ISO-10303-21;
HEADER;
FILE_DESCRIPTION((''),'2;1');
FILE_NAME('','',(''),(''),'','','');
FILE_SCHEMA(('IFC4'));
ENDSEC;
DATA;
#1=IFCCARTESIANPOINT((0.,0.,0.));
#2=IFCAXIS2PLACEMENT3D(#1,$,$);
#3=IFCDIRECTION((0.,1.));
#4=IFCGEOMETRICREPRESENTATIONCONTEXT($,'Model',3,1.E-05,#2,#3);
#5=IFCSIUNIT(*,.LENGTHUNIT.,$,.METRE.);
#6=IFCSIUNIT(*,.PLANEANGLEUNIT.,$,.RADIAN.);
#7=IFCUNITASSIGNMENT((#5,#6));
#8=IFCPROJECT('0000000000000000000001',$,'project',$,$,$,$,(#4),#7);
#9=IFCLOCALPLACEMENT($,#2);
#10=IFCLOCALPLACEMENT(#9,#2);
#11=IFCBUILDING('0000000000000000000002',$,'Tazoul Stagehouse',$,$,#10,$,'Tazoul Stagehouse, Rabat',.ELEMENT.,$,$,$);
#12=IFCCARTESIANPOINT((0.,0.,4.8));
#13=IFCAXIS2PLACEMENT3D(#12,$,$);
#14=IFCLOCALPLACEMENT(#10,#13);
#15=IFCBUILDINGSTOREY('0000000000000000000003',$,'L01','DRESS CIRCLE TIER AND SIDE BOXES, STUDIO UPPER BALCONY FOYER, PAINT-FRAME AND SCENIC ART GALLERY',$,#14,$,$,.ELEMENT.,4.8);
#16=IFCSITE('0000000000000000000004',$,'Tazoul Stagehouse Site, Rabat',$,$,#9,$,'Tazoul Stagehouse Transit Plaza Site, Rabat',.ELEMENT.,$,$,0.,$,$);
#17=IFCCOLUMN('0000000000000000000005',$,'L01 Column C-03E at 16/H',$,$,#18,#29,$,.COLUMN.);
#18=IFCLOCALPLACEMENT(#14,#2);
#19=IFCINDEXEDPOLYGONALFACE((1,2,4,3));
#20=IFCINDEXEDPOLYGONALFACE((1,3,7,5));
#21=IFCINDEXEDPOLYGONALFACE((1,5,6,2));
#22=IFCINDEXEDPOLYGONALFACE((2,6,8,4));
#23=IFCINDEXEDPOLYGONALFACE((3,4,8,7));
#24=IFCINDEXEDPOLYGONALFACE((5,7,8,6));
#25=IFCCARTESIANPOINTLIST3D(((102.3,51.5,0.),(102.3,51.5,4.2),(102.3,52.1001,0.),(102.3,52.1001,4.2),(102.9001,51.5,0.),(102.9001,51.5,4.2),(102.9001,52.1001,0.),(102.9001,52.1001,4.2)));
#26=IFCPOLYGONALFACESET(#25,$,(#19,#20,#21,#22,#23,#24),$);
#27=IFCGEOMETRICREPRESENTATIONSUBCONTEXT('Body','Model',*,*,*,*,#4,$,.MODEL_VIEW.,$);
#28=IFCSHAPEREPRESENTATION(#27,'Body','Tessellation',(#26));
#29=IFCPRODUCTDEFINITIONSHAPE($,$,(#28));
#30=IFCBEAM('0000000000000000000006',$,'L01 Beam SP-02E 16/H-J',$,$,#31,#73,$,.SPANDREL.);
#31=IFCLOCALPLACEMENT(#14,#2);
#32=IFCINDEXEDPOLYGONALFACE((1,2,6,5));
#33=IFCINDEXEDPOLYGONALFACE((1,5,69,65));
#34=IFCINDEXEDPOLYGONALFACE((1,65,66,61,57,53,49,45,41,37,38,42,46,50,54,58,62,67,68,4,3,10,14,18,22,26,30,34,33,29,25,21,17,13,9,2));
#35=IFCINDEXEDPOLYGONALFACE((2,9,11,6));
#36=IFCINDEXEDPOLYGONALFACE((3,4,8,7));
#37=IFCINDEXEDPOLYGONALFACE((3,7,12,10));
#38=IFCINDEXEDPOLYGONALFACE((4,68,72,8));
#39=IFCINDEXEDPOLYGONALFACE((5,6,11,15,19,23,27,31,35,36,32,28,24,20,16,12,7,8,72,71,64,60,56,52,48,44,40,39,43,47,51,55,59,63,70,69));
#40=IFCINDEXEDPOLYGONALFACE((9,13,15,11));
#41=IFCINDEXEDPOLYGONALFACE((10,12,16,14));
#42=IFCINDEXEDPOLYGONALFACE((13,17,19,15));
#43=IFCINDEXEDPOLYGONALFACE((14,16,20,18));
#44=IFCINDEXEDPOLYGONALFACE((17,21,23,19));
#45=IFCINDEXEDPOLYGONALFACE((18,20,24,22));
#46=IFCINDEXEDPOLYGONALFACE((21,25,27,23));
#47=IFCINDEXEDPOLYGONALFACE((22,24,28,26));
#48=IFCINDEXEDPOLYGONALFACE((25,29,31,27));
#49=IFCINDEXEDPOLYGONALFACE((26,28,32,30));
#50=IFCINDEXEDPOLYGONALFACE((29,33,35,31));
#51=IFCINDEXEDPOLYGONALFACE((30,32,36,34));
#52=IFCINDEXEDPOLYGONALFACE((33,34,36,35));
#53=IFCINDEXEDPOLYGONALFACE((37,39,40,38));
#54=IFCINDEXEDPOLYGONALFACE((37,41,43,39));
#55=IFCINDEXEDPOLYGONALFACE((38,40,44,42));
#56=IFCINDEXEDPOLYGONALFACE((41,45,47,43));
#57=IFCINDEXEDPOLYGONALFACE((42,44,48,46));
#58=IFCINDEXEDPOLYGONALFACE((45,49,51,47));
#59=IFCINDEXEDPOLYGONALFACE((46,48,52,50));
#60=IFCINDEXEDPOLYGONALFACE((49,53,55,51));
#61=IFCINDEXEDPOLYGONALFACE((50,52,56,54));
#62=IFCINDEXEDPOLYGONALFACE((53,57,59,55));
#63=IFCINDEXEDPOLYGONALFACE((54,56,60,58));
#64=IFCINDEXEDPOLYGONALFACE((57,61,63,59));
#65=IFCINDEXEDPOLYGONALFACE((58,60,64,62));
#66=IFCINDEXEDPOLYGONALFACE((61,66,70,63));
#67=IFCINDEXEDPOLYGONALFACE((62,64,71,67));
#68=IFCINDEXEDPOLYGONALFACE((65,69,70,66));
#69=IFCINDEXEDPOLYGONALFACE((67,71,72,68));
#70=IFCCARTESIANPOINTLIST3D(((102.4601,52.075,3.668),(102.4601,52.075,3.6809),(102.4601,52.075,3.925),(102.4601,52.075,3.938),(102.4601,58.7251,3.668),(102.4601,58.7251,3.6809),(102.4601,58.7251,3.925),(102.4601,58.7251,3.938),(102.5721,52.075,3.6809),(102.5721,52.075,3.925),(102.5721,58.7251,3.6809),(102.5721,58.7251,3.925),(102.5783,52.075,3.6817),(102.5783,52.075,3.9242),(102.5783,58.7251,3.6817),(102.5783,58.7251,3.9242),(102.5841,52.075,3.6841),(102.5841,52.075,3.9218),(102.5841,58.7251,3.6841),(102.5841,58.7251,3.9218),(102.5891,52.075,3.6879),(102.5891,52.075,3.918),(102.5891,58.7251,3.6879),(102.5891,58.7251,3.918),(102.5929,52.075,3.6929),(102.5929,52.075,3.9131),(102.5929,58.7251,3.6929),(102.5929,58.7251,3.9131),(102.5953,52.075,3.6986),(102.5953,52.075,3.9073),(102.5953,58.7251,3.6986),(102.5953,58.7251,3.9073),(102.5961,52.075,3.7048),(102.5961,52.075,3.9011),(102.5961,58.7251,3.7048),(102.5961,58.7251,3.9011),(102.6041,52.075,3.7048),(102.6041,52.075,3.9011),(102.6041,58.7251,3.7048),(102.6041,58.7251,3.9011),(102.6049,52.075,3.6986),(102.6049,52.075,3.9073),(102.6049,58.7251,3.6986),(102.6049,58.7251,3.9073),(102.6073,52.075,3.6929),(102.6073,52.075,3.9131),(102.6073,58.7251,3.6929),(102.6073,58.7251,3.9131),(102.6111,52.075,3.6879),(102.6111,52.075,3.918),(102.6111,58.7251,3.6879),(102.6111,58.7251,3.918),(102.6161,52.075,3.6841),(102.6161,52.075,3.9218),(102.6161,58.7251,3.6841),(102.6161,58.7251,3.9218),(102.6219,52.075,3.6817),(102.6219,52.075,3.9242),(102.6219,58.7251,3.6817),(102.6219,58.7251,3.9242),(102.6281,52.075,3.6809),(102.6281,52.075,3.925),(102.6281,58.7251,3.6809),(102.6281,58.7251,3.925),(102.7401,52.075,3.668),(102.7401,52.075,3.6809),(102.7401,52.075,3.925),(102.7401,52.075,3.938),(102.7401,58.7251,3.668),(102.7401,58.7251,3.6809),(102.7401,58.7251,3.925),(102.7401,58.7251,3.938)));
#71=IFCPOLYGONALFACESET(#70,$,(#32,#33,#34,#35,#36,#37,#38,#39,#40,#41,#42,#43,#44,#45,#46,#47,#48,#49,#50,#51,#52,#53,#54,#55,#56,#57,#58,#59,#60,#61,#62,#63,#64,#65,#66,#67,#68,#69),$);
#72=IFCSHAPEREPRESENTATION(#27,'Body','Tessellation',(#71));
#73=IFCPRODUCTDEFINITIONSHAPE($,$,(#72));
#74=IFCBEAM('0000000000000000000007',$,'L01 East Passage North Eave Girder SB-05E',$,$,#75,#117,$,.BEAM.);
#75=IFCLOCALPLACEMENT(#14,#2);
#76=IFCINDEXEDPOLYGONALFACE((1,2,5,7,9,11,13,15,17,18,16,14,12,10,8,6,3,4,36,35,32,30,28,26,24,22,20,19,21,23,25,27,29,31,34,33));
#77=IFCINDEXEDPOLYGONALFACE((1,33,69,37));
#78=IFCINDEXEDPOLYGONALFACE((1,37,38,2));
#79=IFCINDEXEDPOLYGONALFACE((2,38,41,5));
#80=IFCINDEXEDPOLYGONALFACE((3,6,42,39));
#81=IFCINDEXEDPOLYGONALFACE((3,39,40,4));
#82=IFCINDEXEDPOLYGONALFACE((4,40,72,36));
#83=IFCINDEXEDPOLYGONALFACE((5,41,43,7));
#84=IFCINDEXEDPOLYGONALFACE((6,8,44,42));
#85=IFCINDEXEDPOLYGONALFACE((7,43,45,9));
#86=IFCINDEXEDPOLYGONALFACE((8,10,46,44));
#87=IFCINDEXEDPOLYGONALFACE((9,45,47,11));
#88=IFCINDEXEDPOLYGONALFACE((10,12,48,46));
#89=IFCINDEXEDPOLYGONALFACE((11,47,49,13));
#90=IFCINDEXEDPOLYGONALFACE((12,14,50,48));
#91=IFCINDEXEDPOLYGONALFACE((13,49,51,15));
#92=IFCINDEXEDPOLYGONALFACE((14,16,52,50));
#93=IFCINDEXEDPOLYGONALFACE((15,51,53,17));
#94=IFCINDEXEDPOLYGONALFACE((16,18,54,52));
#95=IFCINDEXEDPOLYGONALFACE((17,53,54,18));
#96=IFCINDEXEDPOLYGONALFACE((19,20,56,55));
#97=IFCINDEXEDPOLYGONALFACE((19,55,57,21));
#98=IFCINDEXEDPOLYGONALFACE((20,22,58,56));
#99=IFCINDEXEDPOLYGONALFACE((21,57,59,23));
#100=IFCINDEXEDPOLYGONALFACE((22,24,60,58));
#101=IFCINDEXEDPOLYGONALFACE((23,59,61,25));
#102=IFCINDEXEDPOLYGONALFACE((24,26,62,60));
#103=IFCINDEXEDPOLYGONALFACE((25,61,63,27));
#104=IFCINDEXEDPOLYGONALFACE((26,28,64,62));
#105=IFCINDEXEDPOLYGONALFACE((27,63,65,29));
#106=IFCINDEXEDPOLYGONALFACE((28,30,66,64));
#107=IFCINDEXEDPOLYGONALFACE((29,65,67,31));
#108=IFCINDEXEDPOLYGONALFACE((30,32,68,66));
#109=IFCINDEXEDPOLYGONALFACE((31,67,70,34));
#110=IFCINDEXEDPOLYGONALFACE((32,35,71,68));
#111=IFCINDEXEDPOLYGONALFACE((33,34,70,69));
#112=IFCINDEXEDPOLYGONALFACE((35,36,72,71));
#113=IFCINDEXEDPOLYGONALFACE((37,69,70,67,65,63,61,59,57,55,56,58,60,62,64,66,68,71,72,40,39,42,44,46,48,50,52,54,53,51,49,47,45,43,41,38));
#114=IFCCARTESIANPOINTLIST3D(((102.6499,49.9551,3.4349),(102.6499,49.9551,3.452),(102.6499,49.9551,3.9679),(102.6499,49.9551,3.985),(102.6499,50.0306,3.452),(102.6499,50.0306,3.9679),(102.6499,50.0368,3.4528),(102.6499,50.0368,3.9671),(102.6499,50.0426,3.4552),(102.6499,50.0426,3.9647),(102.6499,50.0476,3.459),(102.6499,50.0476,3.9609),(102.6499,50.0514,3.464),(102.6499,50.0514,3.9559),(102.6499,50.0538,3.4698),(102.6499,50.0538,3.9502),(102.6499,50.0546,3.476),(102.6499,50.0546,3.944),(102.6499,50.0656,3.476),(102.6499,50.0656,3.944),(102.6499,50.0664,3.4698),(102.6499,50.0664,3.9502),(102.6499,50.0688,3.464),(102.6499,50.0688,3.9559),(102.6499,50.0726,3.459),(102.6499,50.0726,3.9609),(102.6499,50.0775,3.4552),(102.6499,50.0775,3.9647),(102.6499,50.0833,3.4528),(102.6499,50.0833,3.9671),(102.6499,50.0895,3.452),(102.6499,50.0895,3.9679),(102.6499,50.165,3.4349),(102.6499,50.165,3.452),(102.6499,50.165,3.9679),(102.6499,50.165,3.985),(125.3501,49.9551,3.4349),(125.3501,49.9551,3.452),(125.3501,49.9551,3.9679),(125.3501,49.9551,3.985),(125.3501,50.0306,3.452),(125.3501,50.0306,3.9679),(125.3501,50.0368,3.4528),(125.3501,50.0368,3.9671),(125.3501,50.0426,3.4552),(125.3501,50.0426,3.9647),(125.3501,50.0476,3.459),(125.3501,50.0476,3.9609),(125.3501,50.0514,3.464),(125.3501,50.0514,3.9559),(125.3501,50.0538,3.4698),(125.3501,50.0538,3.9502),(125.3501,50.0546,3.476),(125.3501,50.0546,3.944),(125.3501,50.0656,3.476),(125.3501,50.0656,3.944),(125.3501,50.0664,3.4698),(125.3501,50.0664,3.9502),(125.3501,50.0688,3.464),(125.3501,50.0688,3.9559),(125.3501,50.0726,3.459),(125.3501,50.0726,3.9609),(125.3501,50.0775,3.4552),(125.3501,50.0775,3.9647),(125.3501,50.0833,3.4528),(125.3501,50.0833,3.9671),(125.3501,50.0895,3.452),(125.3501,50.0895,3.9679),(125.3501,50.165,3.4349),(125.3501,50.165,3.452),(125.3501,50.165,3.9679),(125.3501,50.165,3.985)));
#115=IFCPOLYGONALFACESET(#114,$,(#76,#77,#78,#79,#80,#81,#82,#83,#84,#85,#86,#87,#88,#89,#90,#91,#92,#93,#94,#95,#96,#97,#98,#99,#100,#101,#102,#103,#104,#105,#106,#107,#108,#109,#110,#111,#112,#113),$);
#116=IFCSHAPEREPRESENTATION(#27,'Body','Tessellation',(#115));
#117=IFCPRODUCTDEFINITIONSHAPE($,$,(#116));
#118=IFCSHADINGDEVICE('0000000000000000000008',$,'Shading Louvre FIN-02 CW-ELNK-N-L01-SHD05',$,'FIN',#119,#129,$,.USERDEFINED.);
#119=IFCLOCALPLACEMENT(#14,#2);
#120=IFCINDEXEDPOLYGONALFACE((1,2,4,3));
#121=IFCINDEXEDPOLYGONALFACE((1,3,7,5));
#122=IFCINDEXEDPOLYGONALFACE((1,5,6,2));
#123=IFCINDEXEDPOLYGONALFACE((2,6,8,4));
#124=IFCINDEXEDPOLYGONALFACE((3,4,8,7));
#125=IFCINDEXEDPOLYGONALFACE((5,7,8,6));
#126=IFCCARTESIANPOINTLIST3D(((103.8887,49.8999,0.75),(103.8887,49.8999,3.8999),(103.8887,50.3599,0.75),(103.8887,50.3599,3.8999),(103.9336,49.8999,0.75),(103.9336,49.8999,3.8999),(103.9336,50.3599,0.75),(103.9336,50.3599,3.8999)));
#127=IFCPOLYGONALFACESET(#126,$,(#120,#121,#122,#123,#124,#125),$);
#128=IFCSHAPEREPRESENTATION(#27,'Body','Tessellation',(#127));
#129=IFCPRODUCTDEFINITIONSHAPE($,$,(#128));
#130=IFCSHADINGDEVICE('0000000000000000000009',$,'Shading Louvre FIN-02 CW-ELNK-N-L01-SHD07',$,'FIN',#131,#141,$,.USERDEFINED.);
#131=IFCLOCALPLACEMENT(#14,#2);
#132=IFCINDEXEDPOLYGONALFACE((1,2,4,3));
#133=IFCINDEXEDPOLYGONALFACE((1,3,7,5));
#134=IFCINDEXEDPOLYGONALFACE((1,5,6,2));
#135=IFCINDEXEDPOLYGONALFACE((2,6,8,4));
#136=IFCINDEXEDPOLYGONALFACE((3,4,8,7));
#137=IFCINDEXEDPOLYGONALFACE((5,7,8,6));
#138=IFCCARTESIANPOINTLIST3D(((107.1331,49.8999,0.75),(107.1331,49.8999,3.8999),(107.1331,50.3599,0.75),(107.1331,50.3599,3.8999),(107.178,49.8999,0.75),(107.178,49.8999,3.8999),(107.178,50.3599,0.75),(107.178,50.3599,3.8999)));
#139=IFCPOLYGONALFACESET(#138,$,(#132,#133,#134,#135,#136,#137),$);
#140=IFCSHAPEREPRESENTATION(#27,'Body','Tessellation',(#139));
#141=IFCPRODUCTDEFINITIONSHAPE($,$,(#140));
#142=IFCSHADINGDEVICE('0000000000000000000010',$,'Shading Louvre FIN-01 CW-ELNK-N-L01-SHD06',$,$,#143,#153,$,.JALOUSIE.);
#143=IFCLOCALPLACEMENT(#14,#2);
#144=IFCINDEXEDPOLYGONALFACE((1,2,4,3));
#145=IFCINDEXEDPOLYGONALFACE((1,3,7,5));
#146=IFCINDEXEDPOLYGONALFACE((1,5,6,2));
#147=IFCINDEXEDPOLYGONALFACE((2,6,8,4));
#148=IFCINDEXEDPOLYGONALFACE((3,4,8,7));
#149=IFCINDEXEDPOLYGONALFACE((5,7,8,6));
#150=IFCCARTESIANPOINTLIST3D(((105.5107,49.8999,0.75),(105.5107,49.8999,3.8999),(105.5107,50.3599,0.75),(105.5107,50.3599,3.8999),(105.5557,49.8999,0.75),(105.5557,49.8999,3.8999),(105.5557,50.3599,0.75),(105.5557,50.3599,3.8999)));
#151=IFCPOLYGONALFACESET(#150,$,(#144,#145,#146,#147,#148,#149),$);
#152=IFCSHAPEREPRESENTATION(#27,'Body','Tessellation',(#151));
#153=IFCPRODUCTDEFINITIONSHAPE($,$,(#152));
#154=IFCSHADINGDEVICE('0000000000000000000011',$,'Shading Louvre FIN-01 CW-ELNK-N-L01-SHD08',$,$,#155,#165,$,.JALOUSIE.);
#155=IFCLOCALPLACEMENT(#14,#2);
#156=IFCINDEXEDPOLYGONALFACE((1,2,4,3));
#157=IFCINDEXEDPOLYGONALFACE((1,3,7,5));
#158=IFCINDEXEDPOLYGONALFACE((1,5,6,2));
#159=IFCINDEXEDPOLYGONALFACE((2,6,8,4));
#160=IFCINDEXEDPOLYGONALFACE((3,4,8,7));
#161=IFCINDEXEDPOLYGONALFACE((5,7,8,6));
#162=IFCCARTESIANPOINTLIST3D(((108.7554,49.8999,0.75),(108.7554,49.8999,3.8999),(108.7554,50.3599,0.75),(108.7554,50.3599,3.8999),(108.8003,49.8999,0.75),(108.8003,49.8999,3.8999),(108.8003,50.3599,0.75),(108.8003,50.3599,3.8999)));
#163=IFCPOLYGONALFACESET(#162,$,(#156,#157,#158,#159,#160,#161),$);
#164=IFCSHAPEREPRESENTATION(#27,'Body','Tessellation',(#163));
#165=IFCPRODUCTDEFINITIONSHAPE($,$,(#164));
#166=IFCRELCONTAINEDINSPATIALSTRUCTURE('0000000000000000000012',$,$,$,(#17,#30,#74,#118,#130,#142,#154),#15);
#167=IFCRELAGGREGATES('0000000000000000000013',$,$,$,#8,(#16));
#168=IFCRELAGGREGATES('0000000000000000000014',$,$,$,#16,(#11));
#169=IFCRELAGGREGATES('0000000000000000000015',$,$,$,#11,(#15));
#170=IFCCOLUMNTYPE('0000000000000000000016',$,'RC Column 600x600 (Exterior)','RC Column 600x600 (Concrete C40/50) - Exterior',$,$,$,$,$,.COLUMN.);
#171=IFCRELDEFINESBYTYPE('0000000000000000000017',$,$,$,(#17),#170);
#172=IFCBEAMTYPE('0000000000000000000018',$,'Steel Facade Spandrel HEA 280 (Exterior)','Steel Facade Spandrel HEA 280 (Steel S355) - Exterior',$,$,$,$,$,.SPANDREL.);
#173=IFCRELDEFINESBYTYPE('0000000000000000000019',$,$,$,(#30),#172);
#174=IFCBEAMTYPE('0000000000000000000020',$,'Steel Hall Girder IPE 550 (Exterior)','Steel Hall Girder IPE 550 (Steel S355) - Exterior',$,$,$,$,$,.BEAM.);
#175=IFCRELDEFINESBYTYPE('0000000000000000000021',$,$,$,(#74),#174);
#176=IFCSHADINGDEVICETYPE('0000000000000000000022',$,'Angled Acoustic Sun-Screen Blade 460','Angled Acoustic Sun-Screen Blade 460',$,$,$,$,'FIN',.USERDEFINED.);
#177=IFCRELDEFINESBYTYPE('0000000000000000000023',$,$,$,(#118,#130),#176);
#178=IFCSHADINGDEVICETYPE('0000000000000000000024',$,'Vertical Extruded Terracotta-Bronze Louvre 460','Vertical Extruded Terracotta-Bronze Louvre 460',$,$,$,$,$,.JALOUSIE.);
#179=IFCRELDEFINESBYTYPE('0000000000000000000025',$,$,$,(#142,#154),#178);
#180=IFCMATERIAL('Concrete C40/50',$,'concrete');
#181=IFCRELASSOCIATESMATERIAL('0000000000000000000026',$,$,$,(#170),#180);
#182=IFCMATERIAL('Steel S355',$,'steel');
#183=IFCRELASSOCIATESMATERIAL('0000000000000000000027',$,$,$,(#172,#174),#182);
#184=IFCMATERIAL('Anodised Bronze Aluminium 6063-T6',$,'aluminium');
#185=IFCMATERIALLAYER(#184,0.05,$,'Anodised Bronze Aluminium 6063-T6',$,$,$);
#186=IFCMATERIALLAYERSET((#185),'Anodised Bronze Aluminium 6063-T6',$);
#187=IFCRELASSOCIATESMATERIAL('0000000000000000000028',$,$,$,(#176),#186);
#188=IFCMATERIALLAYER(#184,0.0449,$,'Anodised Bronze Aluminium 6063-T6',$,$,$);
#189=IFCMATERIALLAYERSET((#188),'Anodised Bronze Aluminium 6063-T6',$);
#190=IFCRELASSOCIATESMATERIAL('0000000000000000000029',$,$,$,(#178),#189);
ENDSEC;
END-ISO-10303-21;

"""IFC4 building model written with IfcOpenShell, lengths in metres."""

from ifc_helpers import new_model, si_unit, direction, frame, origin, origin_2d, place, context, subcontext, project, spatial, rectangle, i_section, extrude, material, layer, layer_set, material_profile, profile_set, type_object, element, save


model = new_model("IFC4")

# Units and contexts
model_context = context("Model", 3, precision=1e-05, world=origin(), true_north=direction((0.0, 1.0)))
body_context = subcontext(model_context, "Body", "Model", "MODEL_VIEW")
ifc_project = project(units=[si_unit("LENGTHUNIT", "METRE"), si_unit("PLANEANGLEUNIT", "RADIAN")], contexts=[model_context])

# Site, building, storey
site_placement = place(None, origin())
site = spatial("IfcSite", under=ifc_project, at=site_placement, Name="Tazoul Stagehouse Site, Rabat", LongName="Tazoul Stagehouse Transit Plaza Site, Rabat", CompositionType="ELEMENT", RefElevation=0.0)
building_placement = place(site_placement, origin())
building = spatial("IfcBuilding", under=site, at=building_placement, Name="Tazoul Stagehouse", LongName="Tazoul Stagehouse, Rabat", CompositionType="ELEMENT")
storey_placement = place(building_placement, frame((0.0, 0.0, 4.8)))
storey = spatial("IfcBuildingStorey", under=building, at=storey_placement, Name="L01", Description="DRESS CIRCLE TIER AND SIDE BOXES, STUDIO UPPER BALCONY FOYER, PAINT-FRAME AND SCENIC ART GALLERY", CompositionType="ELEMENT", Elevation=4.8)

# Column
ifc_material_1 = material(Name="Concrete C40/50", Category="concrete")
ifc_material_profile_1 = material_profile(ifc_material_1, rectangle(XDim=0.6001, YDim=0.6001, at=origin_2d()), Name="RC 600x600")
ifc_profile_set_1 = profile_set([ifc_material_profile_1], Name="Concrete C40/50")
column_type = type_object("IfcColumnType", Name="RC Column 600x600 (Exterior)", Description="RC Column 600x600 (Concrete C40/50) - Exterior", PredefinedType="COLUMN", material=ifc_profile_set_1)
column_placement = place(storey_placement, frame((102.6001, 51.8, 0.0), z_axis=(0.0, 0.0, 1.0), x_axis=(1.0, 0.0, 0.0)))
element("IfcColumn", 1, at=column_placement, inside=storey, type_object=column_type, Name="L01 Column C-03E at 16/H", PredefinedType="COLUMN", context=body_context, shape_type="SweptSolid", body=[
    extrude(rectangle(XDim=0.6001, YDim=0.6001, at=origin_2d()), origin(), (0.0, 0.0, 1.0), 4.2),
])

# Beams
ifc_material_2 = material(Name="Steel S355", Category="steel")
ifc_material_profile_2 = material_profile(ifc_material_2, i_section(OverallWidth=0.28, OverallDepth=0.27, WebThickness=0.0081, FlangeThickness=0.0129, FilletRadius=0.0239, at=origin_2d()), Name="HEA 280")
ifc_profile_set_2 = profile_set([ifc_material_profile_2], Name="Steel S355")
beam_type_1 = type_object("IfcBeamType", Name="Steel Facade Spandrel HEA 280 (Exterior)", Description="Steel Facade Spandrel HEA 280 (Steel S355) - Exterior", PredefinedType="SPANDREL", material=ifc_profile_set_2)
beam_1_placement = place(storey_placement, frame((102.6001, 52.075, 3.803), z_axis=(0.0, 1.0, 0.0), x_axis=(-1.0, 0.0, 0.0)))
element("IfcBeam", 2, at=beam_1_placement, inside=storey, type_object=beam_type_1, Name="L01 Beam SP-02E 16/H-J", PredefinedType="SPANDREL", context=body_context, shape_type="SweptSolid", body=[
    extrude(i_section(OverallWidth=0.28, OverallDepth=0.27, WebThickness=0.0081, FlangeThickness=0.0129, FilletRadius=0.0239, at=origin_2d()), origin(), (0.0, 0.0, 1.0), 6.6501),
])
ifc_material_profile_3 = material_profile(ifc_material_2, i_section(OverallWidth=0.21, OverallDepth=0.55, WebThickness=0.011, FlangeThickness=0.0171, FilletRadius=0.0239, at=origin_2d()), Name="IPE 550")
ifc_profile_set_3 = profile_set([ifc_material_profile_3], Name="Steel S355")
beam_type_2 = type_object("IfcBeamType", Name="Steel Hall Girder IPE 550 (Exterior)", Description="Steel Hall Girder IPE 550 (Steel S355) - Exterior", PredefinedType="BEAM", material=ifc_profile_set_3)
beam_2_placement = place(storey_placement, frame((102.6499, 50.0601, 3.71), z_axis=(1.0, 0.0, 0.0), x_axis=(0.0, 1.0, 0.0)))
element("IfcBeam", 3, at=beam_2_placement, inside=storey, type_object=beam_type_2, Name="L01 East Passage North Eave Girder SB-05E", PredefinedType="BEAM", context=body_context, shape_type="SweptSolid", body=[
    extrude(i_section(OverallWidth=0.21, OverallDepth=0.55, WebThickness=0.011, FlangeThickness=0.0171, FilletRadius=0.0239, at=origin_2d()), origin(), (0.0, 0.0, 1.0), 22.7002),
])

# Shading devices
ifc_material_3 = material(Name="Anodised Bronze Aluminium 6063-T6", Category="aluminium")
ifc_layer_1 = layer(ifc_material_3, 0.05, Name="Anodised Bronze Aluminium 6063-T6")
ifc_layer_set_1 = layer_set([ifc_layer_1], Name="Anodised Bronze Aluminium 6063-T6")
shading_device_type_1 = type_object("IfcShadingDeviceType", Name="Angled Acoustic Sun-Screen Blade 460", Description="Angled Acoustic Sun-Screen Blade 460", ElementType="FIN", PredefinedType="USERDEFINED", material=ifc_layer_set_1)
for number, where, z_axis, x_axis, name in (
    (4, (103.9111, 50.1299, 0.75), (0.0, 0.0, 1.0), (1.0, 0.0, 0.0), "Shading Louvre FIN-02 CW-ELNK-N-L01-SHD05"),
    (5, (107.1555, 50.1299, 0.75), (0.0, 0.0, 1.0), (1.0, 0.0, 0.0), "Shading Louvre FIN-02 CW-ELNK-N-L01-SHD07"),
):
    element("IfcShadingDevice", number, at=place(storey_placement, frame(where, z_axis=z_axis, x_axis=x_axis)), inside=storey, type_object=shading_device_type_1, Name=name, ObjectType="FIN", PredefinedType="USERDEFINED", context=body_context, shape_type="SweptSolid", body=[
        extrude(rectangle(XDim=0.0449, YDim=0.46, at=origin_2d()), origin(), (0.0, 0.0, 1.0), 3.1499),
    ])
ifc_layer_2 = layer(ifc_material_3, 0.0449, Name="Anodised Bronze Aluminium 6063-T6")
ifc_layer_set_2 = layer_set([ifc_layer_2], Name="Anodised Bronze Aluminium 6063-T6")
shading_device_type_2 = type_object("IfcShadingDeviceType", Name="Vertical Extruded Terracotta-Bronze Louvre 460", Description="Vertical Extruded Terracotta-Bronze Louvre 460", PredefinedType="JALOUSIE", material=ifc_layer_set_2)
for number, where, z_axis, x_axis, name in (
    (6, (105.5332, 50.1299, 0.75), (0.0, 0.0, 1.0), (1.0, 0.0, 0.0), "Shading Louvre FIN-01 CW-ELNK-N-L01-SHD06"),
    (7, (108.7778, 50.1299, 0.75), (0.0, 0.0, 1.0), (1.0, 0.0, 0.0), "Shading Louvre FIN-01 CW-ELNK-N-L01-SHD08"),
):
    element("IfcShadingDevice", number, at=place(storey_placement, frame(where, z_axis=z_axis, x_axis=x_axis)), inside=storey, type_object=shading_device_type_2, Name=name, PredefinedType="JALOUSIE", context=body_context, shape_type="SweptSolid", body=[
        extrude(rectangle(XDim=0.0449, YDim=0.46, at=origin_2d()), origin(), (0.0, 0.0, 1.0), 3.1499),
    ])

save(model, "model.ifc")
